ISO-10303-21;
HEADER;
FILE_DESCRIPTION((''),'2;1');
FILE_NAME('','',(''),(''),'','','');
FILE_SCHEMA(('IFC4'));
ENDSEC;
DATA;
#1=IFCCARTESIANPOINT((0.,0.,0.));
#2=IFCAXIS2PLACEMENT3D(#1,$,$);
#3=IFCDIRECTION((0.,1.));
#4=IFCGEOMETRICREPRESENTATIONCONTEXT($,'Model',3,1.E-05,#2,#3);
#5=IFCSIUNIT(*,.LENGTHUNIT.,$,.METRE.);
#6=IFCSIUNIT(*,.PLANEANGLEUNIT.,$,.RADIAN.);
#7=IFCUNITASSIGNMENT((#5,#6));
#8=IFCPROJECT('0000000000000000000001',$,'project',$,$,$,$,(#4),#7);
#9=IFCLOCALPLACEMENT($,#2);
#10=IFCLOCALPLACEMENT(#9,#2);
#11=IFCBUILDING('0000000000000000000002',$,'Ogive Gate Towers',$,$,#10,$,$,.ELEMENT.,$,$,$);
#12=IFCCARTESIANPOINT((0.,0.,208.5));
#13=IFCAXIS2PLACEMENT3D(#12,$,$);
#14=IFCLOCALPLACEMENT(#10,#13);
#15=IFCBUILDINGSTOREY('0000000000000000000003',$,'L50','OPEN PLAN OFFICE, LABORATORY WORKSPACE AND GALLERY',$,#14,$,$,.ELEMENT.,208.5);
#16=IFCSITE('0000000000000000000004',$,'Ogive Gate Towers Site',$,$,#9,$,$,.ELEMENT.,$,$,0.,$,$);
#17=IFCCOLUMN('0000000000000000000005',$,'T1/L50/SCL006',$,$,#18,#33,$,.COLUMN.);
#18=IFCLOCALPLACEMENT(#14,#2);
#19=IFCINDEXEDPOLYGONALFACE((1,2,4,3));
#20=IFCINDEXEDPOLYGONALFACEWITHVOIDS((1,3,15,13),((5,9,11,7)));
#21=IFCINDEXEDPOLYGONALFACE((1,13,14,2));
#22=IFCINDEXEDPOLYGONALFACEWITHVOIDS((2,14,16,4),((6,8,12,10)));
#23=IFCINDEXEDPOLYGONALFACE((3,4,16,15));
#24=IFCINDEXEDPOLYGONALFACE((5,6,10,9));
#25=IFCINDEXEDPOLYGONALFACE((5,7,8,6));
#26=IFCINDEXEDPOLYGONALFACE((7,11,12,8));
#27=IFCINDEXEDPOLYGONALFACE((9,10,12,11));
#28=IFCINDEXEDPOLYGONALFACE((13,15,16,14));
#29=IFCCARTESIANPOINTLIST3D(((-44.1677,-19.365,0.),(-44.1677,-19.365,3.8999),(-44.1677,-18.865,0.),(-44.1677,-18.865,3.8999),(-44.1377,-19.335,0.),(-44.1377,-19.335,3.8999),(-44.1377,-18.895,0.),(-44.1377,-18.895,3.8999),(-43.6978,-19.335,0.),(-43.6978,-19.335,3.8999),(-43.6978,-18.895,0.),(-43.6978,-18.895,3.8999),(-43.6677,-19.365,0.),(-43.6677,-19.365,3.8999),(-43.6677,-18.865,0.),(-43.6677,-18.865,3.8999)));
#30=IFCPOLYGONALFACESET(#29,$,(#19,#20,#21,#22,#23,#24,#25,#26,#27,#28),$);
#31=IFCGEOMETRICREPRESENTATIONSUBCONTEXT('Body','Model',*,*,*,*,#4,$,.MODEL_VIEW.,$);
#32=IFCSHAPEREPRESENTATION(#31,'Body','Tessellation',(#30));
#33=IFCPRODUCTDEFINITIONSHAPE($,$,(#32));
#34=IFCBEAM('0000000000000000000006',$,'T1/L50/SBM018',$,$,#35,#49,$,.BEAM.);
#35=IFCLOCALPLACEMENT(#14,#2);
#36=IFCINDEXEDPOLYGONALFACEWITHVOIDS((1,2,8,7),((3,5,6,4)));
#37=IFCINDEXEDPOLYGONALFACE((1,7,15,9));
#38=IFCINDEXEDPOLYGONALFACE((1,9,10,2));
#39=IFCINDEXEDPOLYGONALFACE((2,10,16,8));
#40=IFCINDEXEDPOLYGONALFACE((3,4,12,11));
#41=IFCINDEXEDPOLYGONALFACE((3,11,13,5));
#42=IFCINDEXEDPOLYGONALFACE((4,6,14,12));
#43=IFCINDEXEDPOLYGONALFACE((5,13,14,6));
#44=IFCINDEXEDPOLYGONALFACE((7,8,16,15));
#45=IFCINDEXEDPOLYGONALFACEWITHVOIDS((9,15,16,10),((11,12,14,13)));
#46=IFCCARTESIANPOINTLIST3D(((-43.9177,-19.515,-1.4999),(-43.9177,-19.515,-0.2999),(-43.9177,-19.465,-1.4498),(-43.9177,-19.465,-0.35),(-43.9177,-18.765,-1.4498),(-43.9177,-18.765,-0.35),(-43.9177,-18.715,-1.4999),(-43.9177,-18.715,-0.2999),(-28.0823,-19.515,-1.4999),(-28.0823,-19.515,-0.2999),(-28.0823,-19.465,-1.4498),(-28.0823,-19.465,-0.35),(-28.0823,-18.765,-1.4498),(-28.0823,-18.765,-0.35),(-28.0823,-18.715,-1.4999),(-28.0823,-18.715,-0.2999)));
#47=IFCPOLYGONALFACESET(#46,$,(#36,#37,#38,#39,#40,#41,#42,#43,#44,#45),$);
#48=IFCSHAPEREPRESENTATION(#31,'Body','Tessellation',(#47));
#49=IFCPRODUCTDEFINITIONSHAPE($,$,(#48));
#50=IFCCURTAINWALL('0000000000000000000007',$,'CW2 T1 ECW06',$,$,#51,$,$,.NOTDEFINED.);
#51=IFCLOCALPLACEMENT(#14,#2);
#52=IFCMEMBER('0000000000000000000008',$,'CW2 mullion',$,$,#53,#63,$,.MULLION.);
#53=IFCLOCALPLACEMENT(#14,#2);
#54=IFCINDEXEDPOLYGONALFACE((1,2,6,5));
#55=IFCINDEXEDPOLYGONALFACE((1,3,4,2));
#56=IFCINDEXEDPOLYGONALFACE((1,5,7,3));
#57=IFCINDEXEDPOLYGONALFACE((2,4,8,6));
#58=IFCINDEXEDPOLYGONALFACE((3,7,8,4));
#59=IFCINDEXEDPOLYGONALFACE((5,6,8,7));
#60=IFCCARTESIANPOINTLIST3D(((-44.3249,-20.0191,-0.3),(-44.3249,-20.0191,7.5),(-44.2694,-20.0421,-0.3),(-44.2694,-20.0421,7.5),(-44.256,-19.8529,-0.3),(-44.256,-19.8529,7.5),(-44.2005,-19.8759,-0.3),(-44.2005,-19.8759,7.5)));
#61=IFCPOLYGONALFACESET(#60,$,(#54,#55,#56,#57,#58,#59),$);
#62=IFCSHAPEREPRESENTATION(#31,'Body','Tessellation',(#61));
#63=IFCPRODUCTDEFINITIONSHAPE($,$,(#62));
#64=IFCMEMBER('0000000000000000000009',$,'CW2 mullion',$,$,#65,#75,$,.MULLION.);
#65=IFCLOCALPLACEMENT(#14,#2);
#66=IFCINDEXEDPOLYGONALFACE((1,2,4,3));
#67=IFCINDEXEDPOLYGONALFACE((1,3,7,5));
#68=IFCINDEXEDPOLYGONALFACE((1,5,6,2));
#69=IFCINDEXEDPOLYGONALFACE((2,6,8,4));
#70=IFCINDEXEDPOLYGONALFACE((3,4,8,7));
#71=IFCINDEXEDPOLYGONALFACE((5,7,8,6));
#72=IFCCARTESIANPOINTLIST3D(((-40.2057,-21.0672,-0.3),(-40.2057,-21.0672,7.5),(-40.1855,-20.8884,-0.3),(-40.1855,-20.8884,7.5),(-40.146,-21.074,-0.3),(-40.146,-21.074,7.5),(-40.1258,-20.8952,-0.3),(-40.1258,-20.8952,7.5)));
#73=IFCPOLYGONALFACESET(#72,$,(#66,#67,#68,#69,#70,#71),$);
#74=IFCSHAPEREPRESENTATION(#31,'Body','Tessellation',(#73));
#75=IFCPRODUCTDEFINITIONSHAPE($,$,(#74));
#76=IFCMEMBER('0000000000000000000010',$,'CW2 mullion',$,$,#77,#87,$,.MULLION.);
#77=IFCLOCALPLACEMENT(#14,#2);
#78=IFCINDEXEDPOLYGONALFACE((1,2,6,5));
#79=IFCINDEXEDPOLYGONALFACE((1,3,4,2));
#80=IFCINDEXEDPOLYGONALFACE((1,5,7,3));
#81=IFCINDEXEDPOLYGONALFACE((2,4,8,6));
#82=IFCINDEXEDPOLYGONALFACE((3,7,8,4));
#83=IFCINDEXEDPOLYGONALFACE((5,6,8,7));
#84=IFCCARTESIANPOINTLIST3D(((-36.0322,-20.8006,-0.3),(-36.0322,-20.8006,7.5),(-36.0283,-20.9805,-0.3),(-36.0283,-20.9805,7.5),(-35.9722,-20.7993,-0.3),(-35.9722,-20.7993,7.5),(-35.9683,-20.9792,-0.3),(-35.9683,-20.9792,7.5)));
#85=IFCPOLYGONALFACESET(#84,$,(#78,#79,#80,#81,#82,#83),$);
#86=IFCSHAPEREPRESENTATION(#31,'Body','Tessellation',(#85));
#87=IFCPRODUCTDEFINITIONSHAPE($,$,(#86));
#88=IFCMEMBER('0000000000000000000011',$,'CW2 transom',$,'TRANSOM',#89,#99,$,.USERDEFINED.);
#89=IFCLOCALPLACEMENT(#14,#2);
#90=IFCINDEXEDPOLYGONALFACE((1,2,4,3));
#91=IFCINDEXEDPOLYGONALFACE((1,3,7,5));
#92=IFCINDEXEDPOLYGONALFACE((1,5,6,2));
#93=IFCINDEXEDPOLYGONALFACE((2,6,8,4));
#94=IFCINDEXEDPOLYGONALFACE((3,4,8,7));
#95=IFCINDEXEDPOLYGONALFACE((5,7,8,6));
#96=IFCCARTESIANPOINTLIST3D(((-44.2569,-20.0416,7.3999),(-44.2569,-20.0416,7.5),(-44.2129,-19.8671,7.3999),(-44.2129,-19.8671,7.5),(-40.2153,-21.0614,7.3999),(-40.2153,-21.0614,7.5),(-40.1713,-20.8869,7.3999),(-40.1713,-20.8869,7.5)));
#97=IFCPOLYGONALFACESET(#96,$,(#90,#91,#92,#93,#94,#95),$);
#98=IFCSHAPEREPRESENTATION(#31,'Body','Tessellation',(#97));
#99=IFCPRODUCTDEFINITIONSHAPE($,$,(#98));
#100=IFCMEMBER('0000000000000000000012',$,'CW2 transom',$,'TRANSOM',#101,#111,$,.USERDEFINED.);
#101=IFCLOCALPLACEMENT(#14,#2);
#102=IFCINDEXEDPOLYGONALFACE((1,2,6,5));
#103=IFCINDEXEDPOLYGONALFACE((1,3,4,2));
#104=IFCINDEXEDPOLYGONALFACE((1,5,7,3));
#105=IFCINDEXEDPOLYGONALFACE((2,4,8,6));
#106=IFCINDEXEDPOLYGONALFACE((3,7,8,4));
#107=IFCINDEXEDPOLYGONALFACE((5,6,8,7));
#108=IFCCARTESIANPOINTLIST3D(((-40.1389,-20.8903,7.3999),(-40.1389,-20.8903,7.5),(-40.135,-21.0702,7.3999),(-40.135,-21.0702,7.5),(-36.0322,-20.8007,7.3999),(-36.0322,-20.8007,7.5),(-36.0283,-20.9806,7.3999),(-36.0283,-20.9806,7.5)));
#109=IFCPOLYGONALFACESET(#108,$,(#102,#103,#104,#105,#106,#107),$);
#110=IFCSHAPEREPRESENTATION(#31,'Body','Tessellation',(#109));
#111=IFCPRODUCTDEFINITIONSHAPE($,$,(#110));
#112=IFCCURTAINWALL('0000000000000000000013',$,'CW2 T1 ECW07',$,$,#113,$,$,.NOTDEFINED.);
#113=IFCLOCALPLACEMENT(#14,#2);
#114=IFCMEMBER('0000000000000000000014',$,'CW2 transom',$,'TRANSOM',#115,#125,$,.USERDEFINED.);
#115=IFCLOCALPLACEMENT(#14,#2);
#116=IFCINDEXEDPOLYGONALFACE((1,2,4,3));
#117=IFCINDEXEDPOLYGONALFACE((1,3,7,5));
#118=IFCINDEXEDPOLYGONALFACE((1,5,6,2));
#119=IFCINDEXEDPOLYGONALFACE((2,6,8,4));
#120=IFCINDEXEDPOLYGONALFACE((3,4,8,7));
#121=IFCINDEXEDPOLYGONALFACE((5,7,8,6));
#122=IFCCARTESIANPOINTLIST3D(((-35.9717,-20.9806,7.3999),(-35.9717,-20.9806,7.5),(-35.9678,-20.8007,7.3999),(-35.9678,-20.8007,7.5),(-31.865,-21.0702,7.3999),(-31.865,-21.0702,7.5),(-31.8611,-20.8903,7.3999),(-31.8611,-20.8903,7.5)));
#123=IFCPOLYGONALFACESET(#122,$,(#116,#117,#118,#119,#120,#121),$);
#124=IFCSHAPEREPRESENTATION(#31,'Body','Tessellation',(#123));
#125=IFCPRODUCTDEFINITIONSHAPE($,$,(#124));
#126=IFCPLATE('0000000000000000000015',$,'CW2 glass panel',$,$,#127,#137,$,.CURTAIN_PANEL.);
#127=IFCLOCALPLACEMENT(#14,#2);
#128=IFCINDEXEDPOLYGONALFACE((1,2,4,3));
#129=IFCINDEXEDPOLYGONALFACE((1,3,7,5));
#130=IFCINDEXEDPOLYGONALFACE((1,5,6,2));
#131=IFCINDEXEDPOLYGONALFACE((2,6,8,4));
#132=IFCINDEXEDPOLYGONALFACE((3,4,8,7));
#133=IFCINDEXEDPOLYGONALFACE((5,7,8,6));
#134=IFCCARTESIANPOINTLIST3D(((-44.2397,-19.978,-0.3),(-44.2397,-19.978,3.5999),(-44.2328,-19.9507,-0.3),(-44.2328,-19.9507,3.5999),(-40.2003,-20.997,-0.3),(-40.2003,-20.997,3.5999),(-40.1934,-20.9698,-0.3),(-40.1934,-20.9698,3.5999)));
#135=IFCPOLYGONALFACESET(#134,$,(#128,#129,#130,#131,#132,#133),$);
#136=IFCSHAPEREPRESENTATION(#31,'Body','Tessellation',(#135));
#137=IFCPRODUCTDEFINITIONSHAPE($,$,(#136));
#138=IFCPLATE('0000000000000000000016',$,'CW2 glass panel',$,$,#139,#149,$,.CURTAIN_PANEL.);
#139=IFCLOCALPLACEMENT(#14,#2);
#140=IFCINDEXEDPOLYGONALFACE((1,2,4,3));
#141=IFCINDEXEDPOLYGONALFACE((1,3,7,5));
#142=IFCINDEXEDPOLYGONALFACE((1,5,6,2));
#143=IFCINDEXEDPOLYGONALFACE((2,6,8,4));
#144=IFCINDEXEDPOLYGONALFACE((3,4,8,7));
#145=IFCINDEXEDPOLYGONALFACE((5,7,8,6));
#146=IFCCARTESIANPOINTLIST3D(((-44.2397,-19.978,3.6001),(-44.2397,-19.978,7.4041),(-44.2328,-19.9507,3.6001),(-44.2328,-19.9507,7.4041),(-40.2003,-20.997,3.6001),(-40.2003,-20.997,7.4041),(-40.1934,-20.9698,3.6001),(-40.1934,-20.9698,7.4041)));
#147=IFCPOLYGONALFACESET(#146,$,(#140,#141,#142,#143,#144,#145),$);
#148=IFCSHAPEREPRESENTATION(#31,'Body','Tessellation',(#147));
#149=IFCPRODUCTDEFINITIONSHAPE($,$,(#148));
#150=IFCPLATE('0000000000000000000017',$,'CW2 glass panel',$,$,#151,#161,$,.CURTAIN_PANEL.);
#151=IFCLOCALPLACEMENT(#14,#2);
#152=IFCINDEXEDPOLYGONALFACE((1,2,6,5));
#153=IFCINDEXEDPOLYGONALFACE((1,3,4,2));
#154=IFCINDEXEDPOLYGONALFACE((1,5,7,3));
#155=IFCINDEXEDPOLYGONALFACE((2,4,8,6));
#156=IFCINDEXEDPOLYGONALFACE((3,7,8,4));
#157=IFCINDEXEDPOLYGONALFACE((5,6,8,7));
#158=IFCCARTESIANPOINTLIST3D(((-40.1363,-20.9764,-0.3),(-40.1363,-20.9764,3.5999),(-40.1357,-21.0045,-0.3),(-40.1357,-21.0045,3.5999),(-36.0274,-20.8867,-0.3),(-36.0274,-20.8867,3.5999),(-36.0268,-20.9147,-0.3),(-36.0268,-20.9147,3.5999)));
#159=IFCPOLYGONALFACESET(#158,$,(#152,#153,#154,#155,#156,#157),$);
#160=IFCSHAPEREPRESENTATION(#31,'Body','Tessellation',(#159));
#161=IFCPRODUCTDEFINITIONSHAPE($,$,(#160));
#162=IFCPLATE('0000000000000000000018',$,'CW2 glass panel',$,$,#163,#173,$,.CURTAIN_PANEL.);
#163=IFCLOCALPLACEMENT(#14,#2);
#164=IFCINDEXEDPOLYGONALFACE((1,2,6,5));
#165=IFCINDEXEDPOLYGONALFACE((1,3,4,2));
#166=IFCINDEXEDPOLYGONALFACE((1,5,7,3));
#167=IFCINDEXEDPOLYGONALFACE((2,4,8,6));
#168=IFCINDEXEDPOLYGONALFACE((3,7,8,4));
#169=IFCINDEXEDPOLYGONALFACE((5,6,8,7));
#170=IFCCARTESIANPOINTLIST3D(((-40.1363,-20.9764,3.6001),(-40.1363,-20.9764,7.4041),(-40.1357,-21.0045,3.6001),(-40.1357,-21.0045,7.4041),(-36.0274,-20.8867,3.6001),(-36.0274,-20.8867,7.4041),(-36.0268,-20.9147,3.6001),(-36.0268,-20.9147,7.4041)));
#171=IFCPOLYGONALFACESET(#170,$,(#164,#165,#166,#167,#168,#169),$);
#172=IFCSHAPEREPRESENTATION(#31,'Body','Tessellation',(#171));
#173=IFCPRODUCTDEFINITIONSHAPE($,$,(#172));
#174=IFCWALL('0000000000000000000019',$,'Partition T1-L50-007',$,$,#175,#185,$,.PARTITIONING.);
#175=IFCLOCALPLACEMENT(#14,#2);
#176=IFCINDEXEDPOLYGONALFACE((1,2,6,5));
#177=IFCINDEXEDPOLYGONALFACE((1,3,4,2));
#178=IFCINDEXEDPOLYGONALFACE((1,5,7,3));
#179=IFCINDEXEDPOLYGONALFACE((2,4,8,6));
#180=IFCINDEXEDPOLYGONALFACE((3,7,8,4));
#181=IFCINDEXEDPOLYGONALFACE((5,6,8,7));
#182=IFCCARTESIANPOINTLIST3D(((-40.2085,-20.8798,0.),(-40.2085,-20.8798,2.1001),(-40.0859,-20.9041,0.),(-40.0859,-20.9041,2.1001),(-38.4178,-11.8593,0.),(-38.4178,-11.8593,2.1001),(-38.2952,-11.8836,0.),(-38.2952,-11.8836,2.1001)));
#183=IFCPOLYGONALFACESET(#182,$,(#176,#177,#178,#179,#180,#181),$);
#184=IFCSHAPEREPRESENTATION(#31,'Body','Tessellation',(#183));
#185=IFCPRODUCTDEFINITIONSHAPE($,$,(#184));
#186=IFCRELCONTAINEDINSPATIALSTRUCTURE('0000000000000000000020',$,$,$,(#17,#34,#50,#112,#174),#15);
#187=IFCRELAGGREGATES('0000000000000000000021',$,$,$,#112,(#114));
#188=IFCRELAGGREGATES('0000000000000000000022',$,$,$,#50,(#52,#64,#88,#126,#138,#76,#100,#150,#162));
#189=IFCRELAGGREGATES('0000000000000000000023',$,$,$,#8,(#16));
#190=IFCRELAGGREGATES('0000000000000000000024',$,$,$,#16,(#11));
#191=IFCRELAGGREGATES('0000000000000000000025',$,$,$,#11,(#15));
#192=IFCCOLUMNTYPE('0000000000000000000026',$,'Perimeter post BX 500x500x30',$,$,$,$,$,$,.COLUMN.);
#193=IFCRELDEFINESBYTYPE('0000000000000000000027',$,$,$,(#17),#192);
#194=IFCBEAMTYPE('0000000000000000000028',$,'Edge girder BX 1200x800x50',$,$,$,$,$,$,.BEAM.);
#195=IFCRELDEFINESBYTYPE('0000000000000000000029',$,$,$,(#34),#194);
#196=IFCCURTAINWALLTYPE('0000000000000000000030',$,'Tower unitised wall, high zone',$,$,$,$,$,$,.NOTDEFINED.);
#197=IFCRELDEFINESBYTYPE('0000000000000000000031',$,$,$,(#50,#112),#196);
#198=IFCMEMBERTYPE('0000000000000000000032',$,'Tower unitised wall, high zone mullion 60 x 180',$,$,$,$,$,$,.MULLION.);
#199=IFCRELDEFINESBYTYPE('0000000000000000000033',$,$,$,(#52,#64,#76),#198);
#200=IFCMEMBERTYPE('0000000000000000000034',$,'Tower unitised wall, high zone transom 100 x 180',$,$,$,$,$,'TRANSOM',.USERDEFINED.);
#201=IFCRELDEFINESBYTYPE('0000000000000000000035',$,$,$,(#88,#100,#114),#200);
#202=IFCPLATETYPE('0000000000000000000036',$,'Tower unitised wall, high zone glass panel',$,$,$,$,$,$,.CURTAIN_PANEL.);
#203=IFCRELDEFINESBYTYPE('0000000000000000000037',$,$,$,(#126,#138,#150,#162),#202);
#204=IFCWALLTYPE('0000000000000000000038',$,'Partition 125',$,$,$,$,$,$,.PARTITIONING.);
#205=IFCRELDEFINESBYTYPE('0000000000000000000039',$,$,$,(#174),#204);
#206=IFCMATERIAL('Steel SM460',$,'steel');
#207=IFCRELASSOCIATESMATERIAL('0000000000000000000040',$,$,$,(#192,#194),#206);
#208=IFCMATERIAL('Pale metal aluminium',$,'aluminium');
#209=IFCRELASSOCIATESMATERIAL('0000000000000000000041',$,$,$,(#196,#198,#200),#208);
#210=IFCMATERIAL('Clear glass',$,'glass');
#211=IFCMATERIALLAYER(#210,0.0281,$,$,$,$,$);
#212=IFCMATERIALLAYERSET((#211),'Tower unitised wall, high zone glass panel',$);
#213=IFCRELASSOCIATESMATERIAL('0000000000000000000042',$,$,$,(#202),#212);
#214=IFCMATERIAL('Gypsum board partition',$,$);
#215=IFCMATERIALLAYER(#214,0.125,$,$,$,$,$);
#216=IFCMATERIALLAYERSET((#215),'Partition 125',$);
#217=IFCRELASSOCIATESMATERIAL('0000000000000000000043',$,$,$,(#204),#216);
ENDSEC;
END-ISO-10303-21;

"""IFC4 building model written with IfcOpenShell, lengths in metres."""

from ifc_helpers import new_model, si_unit, direction, frame, frame_2d, origin, origin_2d, place, context, subcontext, project, spatial, rectangle, hollow_rectangle, extrude, material, layer, layer_set, material_profile, profile_set, type_object, element, aggregate, save


model = new_model("IFC4")

# Units and contexts
model_context = context("Model", 3, precision=1e-05, world=origin(), true_north=direction((0.0, 1.0)))
body_context = subcontext(model_context, "Body", "Model", "MODEL_VIEW")
ifc_project = project(units=[si_unit("LENGTHUNIT", "METRE"), si_unit("PLANEANGLEUNIT", "RADIAN")], contexts=[model_context])

# Site, building, storey
site_placement = place(None, origin())
site = spatial("IfcSite", under=ifc_project, at=site_placement, Name="Ogive Gate Towers Site", CompositionType="ELEMENT", RefElevation=0.0)
building_placement = place(site_placement, origin())
building = spatial("IfcBuilding", under=site, at=building_placement, Name="Ogive Gate Towers", CompositionType="ELEMENT")
storey_placement = place(building_placement, frame((0.0, 0.0, 208.5)))
storey = spatial("IfcBuildingStorey", under=building, at=storey_placement, Name="L50", Description="OPEN PLAN OFFICE, LABORATORY WORKSPACE AND GALLERY", CompositionType="ELEMENT", Elevation=208.5)

# Column
ifc_material_1 = material(Name="Steel SM460", Category="steel")
ifc_material_profile_1 = material_profile(ifc_material_1, hollow_rectangle(XDim=0.5, YDim=0.5, WallThickness=0.03, at=origin_2d()), Name="BX 500x500x30")
ifc_profile_set_1 = profile_set([ifc_material_profile_1], Name="Steel SM460")
column_type = type_object("IfcColumnType", Name="Perimeter post BX 500x500x30", PredefinedType="COLUMN", material=ifc_profile_set_1)
column_placement = place(storey_placement, frame((-43.9177, -19.115, 0.0), z_axis=(0.0, 0.0, 1.0), x_axis=(1.0, 0.0, 0.0)))
element("IfcColumn", 1, at=column_placement, inside=storey, type_object=column_type, Name="T1/L50/SCL006", PredefinedType="COLUMN", context=body_context, shape_type="SweptSolid", body=[
    extrude(hollow_rectangle(XDim=0.5, YDim=0.5, WallThickness=0.03, at=origin_2d()), origin(), (0.0, 0.0, 1.0), 3.8999),
])

# Beam
ifc_material_profile_2 = material_profile(ifc_material_1, hollow_rectangle(XDim=0.8, YDim=1.2, WallThickness=0.05, at=origin_2d()), Name="BX 1200x800x50")
ifc_profile_set_2 = profile_set([ifc_material_profile_2], Name="Steel SM460")
beam_type = type_object("IfcBeamType", Name="Edge girder BX 1200x800x50", PredefinedType="BEAM", material=ifc_profile_set_2)
beam_placement = place(storey_placement, frame((-43.9177, -19.115, -0.8999), z_axis=(1.0, 0.0, 0.0), x_axis=(0.0, 1.0, 0.0)))
element("IfcBeam", 2, at=beam_placement, inside=storey, type_object=beam_type, Name="T1/L50/SBM018", PredefinedType="BEAM", context=body_context, shape_type="SweptSolid", body=[
    extrude(hollow_rectangle(XDim=0.8, YDim=1.2, WallThickness=0.05, at=origin_2d()), origin(), (0.0, 0.0, 1.0), 15.8354),
])

# Curtain wall, members
ifc_material_2 = material(Name="Pale metal aluminium", Category="aluminium")
curtain_wall_type = type_object("IfcCurtainWallType", Name="Tower unitised wall, high zone", PredefinedType="NOTDEFINED", material=ifc_material_2)
curtain_wall_1_placement = place(storey_placement, origin())
curtain_wall_1 = element("IfcCurtainWall", 3, at=curtain_wall_1_placement, inside=storey, type_object=curtain_wall_type, Name="CW2 T1 ECW06", PredefinedType="NOTDEFINED")
ifc_material_profile_3 = material_profile(ifc_material_2, rectangle(XDim=0.1799, YDim=0.0601, at=origin_2d()), Name="60 x 180 aluminium box")
ifc_profile_set_3 = profile_set([ifc_material_profile_3], Name="Pale metal aluminium")
member_type_1 = type_object("IfcMemberType", Name="Tower unitised wall, high zone mullion 60 x 180", PredefinedType="MULLION", material=ifc_profile_set_3)
member_1_placement = place(storey_placement, frame((-44.2627, -19.9475, -0.3), z_axis=(0.0, 0.0, 1.0), x_axis=(-0.382683, -0.92388, 0.0)))
member_1 = element("IfcMember", 4, at=member_1_placement, type_object=member_type_1, Name="CW2 mullion", PredefinedType="MULLION", context=body_context, shape_type="SweptSolid", body=[
    extrude(rectangle(XDim=0.1799, YDim=0.0601, at=origin_2d()), origin(), (0.0, 0.0, 1.0), 7.8),
])
member_2_placement = place(storey_placement, frame((-40.1658, -20.9812, -0.3), z_axis=(0.0, 0.0, 1.0), x_axis=(-0.112405, -0.993662, 0.0)))
member_2 = element("IfcMember", 5, at=member_2_placement, type_object=member_type_1, Name="CW2 mullion", PredefinedType="MULLION", context=body_context, shape_type="SweptSolid", body=[
    extrude(rectangle(XDim=0.1799, YDim=0.0601, at=origin_2d()), origin(), (0.0, 0.0, 1.0), 7.8),
])
member_3_placement = place(storey_placement, frame((-36.0002, -20.8899, -0.3), z_axis=(0.0, 0.0, 1.0), x_axis=(0.021832, -0.999762, 0.0)))
member_3 = element("IfcMember", 6, at=member_3_placement, type_object=member_type_1, Name="CW2 mullion", PredefinedType="MULLION", context=body_context, shape_type="SweptSolid", body=[
    extrude(rectangle(XDim=0.1799, YDim=0.0601, at=origin_2d()), origin(), (0.0, 0.0, 1.0), 7.8),
])
ifc_material_profile_4 = material_profile(ifc_material_2, rectangle(XDim=0.1799, YDim=0.1001, at=origin_2d()), Name="100 x 180 aluminium box")
ifc_profile_set_4 = profile_set([ifc_material_profile_4], Name="Pale metal aluminium")
member_type_2 = type_object("IfcMemberType", Name="Tower unitised wall, high zone transom 100 x 180", ElementType="TRANSOM", PredefinedType="USERDEFINED", material=ifc_profile_set_4)
member_4_placement = place(storey_placement, frame((-44.2349, -19.9543, 7.45), z_axis=(0.96961, -0.244657, 0.0), x_axis=(0.244657, 0.96961, 0.0)))
member_4 = element("IfcMember", 7, at=member_4_placement, type_object=member_type_2, Name="CW2 transom", ObjectType="TRANSOM", PredefinedType="USERDEFINED", context=body_context, shape_type="SweptSolid", body=[
    extrude(rectangle(XDim=0.1799, YDim=0.1001, at=origin_2d()), origin(), (0.0, 0.0, 1.0), 4.1682),
])
member_5_placement = place(storey_placement, frame((-40.137, -20.9802, 7.45), z_axis=(0.999762, 0.021813, 0.0), x_axis=(-0.021813, 0.999762, 0.0)))
member_5 = element("IfcMember", 8, at=member_5_placement, type_object=member_type_2, Name="CW2 transom", ObjectType="TRANSOM", PredefinedType="USERDEFINED", context=body_context, shape_type="SweptSolid", body=[
    extrude(rectangle(XDim=0.1799, YDim=0.1001, at=origin_2d()), origin(), (0.0, 0.0, 1.0), 4.1077),
])

# Curtain wall, member
curtain_wall_2_placement = place(storey_placement, origin())
curtain_wall_2 = element("IfcCurtainWall", 9, at=curtain_wall_2_placement, inside=storey, type_object=curtain_wall_type, Name="CW2 T1 ECW07", PredefinedType="NOTDEFINED")
member_6_placement = place(storey_placement, frame((-35.9697, -20.8906, 7.45), z_axis=(0.999762, -0.021813, 0.0), x_axis=(0.021813, 0.999762, 0.0)))
member_6 = element("IfcMember", 10, at=member_6_placement, type_object=member_type_2, Name="CW2 transom", ObjectType="TRANSOM", PredefinedType="USERDEFINED", context=body_context, shape_type="SweptSolid", body=[
    extrude(rectangle(XDim=0.1799, YDim=0.1001, at=origin_2d()), origin(), (0.0, 0.0, 1.0), 4.1077),
])
aggregate(curtain_wall_2, [member_6])

# Plates
ifc_material_3 = material(Name="Clear glass", Category="glass")
ifc_layer_1 = layer(ifc_material_3, 0.0281)
ifc_layer_set_1 = layer_set([ifc_layer_1], Name="Tower unitised wall, high zone glass panel")
plate_type = type_object("IfcPlateType", Name="Tower unitised wall, high zone glass panel", PredefinedType="CURTAIN_PANEL", material=ifc_layer_set_1)
plate_1_placement = place(storey_placement, frame((-42.2166, -20.4739, -0.3), z_axis=(0.0, 0.0, 1.0), x_axis=(0.969621, -0.244614, 0.0)))
plate_1 = element("IfcPlate", 11, at=plate_1_placement, type_object=plate_type, Name="CW2 glass panel", PredefinedType="CURTAIN_PANEL", context=body_context, shape_type="SweptSolid", body=[
    extrude(rectangle(XDim=4.166, YDim=0.0281, at=origin_2d()), origin(), (0.0, 0.0, 1.0), 3.8999),
])
plate_2_placement = place(storey_placement, frame((-42.2166, -20.4739, 3.6001), z_axis=(0.0, 0.0, 1.0), x_axis=(0.969621, -0.244614, 0.0)))
plate_2 = element("IfcPlate", 12, at=plate_2_placement, type_object=plate_type, Name="CW2 glass panel", PredefinedType="CURTAIN_PANEL", context=body_context, shape_type="SweptSolid", body=[
    extrude(rectangle(XDim=4.166, YDim=0.0281, at=origin_2d()), origin(), (0.0, 0.0, 1.0), 3.804),
])
plate_3_placement = place(storey_placement, frame((-38.0815, -20.9456, -0.3), z_axis=(0.0, 0.0, 1.0), x_axis=(0.999762, 0.021832, 0.0)))
plate_3 = element("IfcPlate", 13, at=plate_3_placement, type_object=plate_type, Name="CW2 glass panel", PredefinedType="CURTAIN_PANEL", context=body_context, shape_type="SweptSolid", body=[
    extrude(rectangle(XDim=4.1099, YDim=0.0281, at=origin_2d()), origin(), (0.0, 0.0, 1.0), 3.8999),
])
plate_4_placement = place(storey_placement, frame((-38.0815, -20.9456, 3.6001), z_axis=(0.0, 0.0, 1.0), x_axis=(0.999762, 0.021832, 0.0)))
plate_4 = element("IfcPlate", 14, at=plate_4_placement, type_object=plate_type, Name="CW2 glass panel", PredefinedType="CURTAIN_PANEL", context=body_context, shape_type="SweptSolid", body=[
    extrude(rectangle(XDim=4.1099, YDim=0.0281, at=origin_2d()), origin(), (0.0, 0.0, 1.0), 3.804),
])
aggregate(curtain_wall_1, [member_1, member_2, member_4, plate_1, plate_2, member_3, member_5, plate_3, plate_4])

# Wall
ifc_material_4 = material(Name="Gypsum board partition")
ifc_layer_2 = layer(ifc_material_4, 0.125)
ifc_layer_set_2 = layer_set([ifc_layer_2], Name="Partition 125")
wall_type = type_object("IfcWallType", Name="Partition 125", PredefinedType="PARTITIONING", material=ifc_layer_set_2)
wall_placement = place(storey_placement, frame((-40.1472, -20.8918, 0.0), z_axis=(0.0, 0.0, 1.0), x_axis=(0.194722, 0.980858, 0.0)))
element("IfcWall", 15, at=wall_placement, inside=storey, type_object=wall_type, Name="Partition T1-L50-007", PredefinedType="PARTITIONING", context=body_context, shape_type="SweptSolid", body=[
    extrude(rectangle(XDim=9.1965, YDim=0.125, at=frame_2d((4.5981, 0.0))), origin(), (0.0, 0.0, 1.0), 2.1001),
])

save(model, "model.ifc")
